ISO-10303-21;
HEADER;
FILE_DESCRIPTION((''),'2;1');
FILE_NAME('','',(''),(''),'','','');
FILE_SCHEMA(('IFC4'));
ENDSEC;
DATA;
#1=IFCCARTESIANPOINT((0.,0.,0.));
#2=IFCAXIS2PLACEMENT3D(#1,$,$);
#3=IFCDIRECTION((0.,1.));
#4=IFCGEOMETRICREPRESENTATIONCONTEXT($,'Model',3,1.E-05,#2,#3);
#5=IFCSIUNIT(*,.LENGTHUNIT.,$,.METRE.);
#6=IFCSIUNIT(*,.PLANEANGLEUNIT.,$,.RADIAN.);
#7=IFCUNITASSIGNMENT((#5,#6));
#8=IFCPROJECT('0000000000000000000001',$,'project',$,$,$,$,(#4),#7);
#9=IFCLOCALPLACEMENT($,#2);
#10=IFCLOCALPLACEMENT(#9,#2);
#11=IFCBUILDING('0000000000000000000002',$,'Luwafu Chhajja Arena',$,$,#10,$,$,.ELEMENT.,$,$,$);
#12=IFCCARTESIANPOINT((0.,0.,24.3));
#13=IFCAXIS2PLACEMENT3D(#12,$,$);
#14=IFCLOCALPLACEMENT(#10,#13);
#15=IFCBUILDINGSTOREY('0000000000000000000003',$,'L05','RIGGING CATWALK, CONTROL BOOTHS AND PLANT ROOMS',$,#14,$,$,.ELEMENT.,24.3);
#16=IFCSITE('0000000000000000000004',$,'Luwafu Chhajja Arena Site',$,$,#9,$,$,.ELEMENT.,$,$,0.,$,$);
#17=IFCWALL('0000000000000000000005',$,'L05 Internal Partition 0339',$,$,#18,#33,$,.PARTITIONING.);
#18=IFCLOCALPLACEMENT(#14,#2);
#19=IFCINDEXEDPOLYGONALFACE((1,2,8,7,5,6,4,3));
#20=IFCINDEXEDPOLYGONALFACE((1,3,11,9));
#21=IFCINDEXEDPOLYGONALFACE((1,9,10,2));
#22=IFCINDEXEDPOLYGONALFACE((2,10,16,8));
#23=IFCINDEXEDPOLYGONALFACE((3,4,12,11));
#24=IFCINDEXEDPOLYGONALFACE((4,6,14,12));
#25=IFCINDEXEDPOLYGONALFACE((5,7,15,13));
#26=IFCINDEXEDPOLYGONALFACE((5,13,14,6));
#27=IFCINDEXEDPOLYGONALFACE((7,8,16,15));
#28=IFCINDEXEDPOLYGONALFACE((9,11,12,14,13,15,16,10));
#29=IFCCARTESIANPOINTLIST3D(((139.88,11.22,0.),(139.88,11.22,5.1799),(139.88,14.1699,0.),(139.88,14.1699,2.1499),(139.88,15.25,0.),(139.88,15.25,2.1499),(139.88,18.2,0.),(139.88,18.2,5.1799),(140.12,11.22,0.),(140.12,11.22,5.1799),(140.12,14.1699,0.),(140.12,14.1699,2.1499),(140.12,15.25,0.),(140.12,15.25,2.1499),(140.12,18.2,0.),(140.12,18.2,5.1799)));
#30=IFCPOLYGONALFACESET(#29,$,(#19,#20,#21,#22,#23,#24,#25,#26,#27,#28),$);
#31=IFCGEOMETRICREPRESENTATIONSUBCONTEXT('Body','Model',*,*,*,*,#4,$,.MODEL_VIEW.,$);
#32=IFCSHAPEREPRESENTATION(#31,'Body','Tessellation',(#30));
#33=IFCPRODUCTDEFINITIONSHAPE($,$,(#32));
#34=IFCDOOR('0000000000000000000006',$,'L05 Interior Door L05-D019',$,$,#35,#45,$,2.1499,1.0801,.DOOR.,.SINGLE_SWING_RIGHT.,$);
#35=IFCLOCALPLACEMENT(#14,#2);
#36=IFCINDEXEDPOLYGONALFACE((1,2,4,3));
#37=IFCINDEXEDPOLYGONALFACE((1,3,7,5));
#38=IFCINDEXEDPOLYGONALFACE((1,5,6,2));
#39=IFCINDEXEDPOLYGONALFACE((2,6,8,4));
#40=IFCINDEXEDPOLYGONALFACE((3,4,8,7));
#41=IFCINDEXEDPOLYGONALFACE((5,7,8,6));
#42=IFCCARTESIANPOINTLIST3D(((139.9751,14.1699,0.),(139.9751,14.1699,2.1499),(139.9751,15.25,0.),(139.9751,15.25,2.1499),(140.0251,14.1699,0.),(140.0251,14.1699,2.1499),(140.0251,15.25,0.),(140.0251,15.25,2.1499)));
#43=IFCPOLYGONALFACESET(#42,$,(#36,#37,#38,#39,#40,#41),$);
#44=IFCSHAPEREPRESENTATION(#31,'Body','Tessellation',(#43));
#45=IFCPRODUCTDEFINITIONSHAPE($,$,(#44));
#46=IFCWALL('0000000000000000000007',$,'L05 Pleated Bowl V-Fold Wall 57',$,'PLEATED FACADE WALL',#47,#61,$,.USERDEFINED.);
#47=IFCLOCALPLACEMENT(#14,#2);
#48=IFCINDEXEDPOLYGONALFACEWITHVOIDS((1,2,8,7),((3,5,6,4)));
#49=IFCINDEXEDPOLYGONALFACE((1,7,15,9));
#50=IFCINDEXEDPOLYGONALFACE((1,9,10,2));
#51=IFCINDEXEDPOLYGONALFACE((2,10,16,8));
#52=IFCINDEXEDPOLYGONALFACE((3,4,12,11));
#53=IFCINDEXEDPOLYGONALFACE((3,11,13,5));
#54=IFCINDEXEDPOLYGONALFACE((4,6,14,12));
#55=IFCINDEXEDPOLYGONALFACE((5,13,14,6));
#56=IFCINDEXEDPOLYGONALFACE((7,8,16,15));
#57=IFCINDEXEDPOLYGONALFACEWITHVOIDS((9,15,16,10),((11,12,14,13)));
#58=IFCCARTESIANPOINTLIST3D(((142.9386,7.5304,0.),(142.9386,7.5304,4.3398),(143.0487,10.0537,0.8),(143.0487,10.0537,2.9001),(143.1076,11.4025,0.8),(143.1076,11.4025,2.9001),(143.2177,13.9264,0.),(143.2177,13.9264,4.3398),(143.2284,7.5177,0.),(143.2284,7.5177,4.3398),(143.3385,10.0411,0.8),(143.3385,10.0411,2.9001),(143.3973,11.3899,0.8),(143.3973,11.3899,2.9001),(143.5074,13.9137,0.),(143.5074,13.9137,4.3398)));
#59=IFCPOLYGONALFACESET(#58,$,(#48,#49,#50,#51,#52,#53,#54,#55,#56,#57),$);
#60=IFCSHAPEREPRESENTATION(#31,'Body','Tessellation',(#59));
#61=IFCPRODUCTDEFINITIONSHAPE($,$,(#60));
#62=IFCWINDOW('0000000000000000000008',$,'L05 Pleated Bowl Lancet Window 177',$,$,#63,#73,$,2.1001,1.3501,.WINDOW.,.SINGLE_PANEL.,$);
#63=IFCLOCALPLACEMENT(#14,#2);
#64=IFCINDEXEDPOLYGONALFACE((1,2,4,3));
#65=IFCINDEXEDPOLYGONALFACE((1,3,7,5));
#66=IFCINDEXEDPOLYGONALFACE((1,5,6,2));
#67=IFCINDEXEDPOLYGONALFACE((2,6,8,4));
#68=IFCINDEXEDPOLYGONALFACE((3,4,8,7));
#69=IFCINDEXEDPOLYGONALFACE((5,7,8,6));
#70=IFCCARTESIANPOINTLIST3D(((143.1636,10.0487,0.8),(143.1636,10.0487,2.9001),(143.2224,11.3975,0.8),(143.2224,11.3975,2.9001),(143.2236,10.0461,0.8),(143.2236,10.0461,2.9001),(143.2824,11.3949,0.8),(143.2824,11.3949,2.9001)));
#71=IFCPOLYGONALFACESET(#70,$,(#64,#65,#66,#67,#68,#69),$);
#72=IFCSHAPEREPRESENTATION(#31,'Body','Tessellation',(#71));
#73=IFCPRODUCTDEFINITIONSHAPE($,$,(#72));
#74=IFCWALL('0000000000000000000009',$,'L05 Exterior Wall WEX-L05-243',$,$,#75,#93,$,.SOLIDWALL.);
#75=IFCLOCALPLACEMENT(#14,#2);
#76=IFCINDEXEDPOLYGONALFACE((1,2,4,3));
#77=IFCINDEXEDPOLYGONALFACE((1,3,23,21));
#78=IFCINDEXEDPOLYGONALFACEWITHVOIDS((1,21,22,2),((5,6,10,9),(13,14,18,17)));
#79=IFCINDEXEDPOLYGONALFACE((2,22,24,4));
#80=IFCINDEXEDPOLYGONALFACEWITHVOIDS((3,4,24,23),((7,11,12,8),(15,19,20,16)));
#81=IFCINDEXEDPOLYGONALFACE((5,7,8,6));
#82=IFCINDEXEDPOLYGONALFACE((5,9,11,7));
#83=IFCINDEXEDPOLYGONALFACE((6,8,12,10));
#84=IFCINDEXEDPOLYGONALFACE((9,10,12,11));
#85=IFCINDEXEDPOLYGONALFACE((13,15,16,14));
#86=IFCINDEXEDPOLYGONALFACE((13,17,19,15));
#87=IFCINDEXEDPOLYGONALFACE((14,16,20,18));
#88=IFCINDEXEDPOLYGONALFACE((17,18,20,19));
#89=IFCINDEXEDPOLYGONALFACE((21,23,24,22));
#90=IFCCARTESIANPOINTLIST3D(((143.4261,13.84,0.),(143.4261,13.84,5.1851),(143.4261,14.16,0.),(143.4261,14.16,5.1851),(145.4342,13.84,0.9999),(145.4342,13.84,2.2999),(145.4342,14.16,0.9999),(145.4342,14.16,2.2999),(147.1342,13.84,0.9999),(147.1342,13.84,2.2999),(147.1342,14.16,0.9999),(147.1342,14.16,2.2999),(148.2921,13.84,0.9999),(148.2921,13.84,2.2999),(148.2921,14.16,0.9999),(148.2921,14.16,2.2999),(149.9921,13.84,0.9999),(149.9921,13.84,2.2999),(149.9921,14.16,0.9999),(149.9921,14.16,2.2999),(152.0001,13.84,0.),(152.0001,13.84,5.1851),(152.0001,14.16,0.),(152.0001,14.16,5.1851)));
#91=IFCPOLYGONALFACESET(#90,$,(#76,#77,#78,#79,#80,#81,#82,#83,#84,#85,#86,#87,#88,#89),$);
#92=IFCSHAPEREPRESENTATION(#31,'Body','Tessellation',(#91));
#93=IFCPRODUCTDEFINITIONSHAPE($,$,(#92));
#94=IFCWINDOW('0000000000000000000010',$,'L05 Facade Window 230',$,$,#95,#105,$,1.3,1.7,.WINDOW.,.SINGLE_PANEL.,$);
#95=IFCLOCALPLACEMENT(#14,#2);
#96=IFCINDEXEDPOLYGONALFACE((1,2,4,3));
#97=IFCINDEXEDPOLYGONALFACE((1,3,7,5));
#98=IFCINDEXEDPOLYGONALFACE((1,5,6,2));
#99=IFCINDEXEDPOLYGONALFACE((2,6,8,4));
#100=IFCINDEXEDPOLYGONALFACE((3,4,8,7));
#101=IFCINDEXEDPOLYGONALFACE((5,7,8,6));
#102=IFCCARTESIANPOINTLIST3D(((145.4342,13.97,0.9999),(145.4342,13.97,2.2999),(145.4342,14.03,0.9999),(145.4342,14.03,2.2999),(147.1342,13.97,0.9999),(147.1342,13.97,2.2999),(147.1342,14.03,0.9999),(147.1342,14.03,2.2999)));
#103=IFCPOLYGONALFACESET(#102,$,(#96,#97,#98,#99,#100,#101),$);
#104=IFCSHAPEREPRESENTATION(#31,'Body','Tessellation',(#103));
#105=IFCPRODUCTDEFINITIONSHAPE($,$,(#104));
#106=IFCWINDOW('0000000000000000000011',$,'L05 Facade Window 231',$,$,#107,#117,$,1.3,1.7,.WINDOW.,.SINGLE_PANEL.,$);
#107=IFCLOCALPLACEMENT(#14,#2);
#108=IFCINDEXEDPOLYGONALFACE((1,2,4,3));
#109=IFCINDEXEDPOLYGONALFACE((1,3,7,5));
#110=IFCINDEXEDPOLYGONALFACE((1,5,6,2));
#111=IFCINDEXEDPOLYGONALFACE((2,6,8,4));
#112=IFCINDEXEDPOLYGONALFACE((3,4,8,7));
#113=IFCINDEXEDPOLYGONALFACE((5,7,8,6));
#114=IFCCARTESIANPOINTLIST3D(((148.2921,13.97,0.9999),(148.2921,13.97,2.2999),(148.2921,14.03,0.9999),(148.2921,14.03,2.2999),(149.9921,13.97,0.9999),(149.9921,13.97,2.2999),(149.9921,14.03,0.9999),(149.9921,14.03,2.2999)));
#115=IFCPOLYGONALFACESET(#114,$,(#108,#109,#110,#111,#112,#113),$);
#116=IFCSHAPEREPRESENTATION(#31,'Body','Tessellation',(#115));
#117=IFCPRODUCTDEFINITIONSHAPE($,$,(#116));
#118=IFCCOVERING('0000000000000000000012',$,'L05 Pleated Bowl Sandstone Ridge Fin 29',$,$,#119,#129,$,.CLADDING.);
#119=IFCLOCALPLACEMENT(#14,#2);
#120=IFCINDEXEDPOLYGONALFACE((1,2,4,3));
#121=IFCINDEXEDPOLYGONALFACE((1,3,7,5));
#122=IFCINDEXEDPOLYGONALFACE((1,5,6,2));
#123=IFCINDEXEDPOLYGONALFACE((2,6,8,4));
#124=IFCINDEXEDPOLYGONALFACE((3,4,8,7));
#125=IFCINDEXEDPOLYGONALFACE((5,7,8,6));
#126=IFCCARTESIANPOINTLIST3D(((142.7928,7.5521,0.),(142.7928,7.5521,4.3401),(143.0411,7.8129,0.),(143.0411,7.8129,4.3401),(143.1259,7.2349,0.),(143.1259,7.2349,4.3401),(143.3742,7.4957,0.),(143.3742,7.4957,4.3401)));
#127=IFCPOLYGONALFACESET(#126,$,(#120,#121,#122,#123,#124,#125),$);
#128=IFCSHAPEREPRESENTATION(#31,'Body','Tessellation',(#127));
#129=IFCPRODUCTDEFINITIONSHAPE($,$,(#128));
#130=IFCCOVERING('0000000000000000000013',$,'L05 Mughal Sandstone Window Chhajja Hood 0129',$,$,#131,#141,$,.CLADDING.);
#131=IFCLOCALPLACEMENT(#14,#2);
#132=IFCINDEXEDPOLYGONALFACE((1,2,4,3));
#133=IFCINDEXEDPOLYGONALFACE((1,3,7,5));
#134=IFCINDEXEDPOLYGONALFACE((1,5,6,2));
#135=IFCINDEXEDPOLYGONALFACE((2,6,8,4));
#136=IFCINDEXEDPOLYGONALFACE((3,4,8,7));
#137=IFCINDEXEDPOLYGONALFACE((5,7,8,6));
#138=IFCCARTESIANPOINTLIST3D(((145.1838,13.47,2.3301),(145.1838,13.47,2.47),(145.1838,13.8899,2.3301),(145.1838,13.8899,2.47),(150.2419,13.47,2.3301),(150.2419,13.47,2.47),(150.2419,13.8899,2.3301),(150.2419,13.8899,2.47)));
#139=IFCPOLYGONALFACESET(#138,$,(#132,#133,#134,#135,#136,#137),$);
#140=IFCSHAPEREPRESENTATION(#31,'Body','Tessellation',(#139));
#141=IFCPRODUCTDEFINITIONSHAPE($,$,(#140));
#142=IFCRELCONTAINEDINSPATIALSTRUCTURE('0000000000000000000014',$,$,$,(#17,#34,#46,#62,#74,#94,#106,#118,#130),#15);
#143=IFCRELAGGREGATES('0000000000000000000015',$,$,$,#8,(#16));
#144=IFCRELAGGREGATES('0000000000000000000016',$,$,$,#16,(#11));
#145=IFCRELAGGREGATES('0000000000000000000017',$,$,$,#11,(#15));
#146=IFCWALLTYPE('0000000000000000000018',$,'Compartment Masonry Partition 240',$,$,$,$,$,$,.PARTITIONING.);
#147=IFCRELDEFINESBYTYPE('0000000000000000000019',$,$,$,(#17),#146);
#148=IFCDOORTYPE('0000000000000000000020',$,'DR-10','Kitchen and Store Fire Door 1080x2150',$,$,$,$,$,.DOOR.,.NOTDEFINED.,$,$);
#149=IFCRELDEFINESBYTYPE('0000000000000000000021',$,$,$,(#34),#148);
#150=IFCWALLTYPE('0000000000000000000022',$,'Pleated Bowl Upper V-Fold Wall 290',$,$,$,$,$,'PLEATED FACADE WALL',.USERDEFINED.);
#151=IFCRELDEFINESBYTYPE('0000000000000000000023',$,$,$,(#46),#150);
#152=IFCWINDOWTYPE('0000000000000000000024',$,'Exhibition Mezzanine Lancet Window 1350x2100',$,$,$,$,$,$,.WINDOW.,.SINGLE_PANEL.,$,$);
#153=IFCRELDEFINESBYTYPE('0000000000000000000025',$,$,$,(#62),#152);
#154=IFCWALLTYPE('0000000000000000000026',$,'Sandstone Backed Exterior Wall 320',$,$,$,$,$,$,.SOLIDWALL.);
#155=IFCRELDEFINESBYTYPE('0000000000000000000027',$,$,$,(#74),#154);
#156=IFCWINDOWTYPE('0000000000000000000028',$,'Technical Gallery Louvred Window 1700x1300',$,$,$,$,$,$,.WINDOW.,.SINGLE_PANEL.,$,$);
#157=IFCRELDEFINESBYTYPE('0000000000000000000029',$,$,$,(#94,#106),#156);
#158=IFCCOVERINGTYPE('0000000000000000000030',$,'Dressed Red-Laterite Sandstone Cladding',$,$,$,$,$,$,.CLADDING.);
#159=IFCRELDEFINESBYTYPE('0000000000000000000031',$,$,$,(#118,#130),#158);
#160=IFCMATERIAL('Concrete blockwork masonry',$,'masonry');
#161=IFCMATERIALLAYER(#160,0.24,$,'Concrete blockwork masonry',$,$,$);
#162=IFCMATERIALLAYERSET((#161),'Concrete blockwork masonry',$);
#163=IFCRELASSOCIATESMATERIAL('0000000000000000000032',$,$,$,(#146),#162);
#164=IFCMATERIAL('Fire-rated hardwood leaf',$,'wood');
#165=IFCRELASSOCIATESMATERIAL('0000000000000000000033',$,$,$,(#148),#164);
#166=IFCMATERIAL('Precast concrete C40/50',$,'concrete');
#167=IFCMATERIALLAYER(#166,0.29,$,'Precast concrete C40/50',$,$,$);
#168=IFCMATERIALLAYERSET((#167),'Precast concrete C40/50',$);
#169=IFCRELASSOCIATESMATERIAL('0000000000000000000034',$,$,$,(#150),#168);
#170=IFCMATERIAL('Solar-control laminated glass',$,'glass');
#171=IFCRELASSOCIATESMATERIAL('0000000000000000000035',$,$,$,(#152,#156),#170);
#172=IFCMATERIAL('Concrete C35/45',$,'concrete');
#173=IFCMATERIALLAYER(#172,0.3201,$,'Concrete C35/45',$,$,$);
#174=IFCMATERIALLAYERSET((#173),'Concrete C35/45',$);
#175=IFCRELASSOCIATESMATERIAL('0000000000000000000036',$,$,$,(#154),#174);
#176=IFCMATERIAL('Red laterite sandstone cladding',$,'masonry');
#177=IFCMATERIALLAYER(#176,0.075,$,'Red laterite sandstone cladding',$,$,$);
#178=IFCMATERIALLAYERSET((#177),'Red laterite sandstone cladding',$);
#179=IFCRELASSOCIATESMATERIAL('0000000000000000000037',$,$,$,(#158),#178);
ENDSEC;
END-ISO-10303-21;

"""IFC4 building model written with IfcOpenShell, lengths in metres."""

from ifc_helpers import new_model, si_unit, direction, frame, frame_2d, origin, origin_2d, place, context, subcontext, project, spatial, rectangle, extrude, material, layer, layer_set, type_object, element, fill, save


model = new_model("IFC4")

# Units and contexts
model_context = context("Model", 3, precision=1e-05, world=origin(), true_north=direction((0.0, 1.0)))
body_context = subcontext(model_context, "Body", "Model", "MODEL_VIEW")
ifc_project = project(units=[si_unit("LENGTHUNIT", "METRE"), si_unit("PLANEANGLEUNIT", "RADIAN")], contexts=[model_context])

# Site, building, storey
site_placement = place(None, origin())
site = spatial("IfcSite", under=ifc_project, at=site_placement, Name="Luwafu Chhajja Arena Site", CompositionType="ELEMENT", RefElevation=0.0)
building_placement = place(site_placement, origin())
building = spatial("IfcBuilding", under=site, at=building_placement, Name="Luwafu Chhajja Arena", CompositionType="ELEMENT")
storey_placement = place(building_placement, frame((0.0, 0.0, 24.3)))
storey = spatial("IfcBuildingStorey", under=building, at=storey_placement, Name="L05", Description="RIGGING CATWALK, CONTROL BOOTHS AND PLANT ROOMS", CompositionType="ELEMENT", Elevation=24.3)

# Shared definitions
ifc_material_1 = material(Name="Concrete C35/45", Category="concrete")

# Shared definitions
ifc_material_2 = material(Name="Solar-control laminated glass", Category="glass")

# Wall, opening, door
ifc_material_3 = material(Name="Concrete blockwork masonry", Category="masonry")
ifc_layer_1 = layer(ifc_material_3, 0.24, Name="Concrete blockwork masonry")
ifc_layer_set_1 = layer_set([ifc_layer_1], Name="Concrete blockwork masonry")
wall_type_1 = type_object("IfcWallType", Name="Compartment Masonry Partition 240", PredefinedType="PARTITIONING", material=ifc_layer_set_1)
wall_1_placement = place(storey_placement, frame((140.0, 11.22, 0.0), z_axis=(0.0, 0.0, 1.0), x_axis=(0.0, 1.0, 0.0)))
wall_1 = element("IfcWall", 1, at=wall_1_placement, inside=storey, type_object=wall_type_1, Name="L05 Internal Partition 0339", PredefinedType="PARTITIONING", context=body_context, shape_type="SweptSolid", body=[
    extrude(rectangle(XDim=6.98, YDim=0.24, at=frame_2d((3.49, 0.0))), origin(), (0.0, 0.0, 1.0), 5.1799),
])
opening_1_placement = place(wall_1_placement, frame((2.95, 0.0, 0.0)))
opening_1 = element("IfcOpeningElement", 2, at=opening_1_placement, cuts=wall_1, PredefinedType="OPENING", context=body_context, shape_type="SweptSolid", body=[
    extrude(rectangle(XDim=1.0801, YDim=2.1499, at=frame_2d((0.54, 1.075))), frame((0.0, 0.1299, 0.0), z_axis=(0.0, -1.0, 0.0), x_axis=(1.0, 0.0, 0.0)), (0.0, 0.0, 1.0), 0.26),
])
ifc_material_4 = material(Name="Fire-rated hardwood leaf", Category="wood")
door_type = type_object("IfcDoorType", Name="DR-10", Description="Kitchen and Store Fire Door 1080x2150", OperationType="NOTDEFINED", PredefinedType="DOOR", material=ifc_material_4)
door_placement = place(opening_1_placement, origin())
door = element("IfcDoor", 3, at=door_placement, inside=storey, type_object=door_type, Name="L05 Interior Door L05-D019", OperationType="SINGLE_SWING_RIGHT", OverallHeight=2.1499, OverallWidth=1.0801, PredefinedType="DOOR", context=body_context, shape_type="SweptSolid", body=[
    extrude(rectangle(XDim=1.0801, YDim=2.1499, at=frame_2d((0.54, 1.075))), frame((0.0, 0.0249, 0.0), z_axis=(0.0, -1.0, 0.0), x_axis=(1.0, 0.0, 0.0)), (0.0, 0.0, 1.0), 0.05),
])
fill(opening_1, door)

# Wall, opening, window
ifc_material_5 = material(Name="Precast concrete C40/50", Category="concrete")
ifc_layer_2 = layer(ifc_material_5, 0.29, Name="Precast concrete C40/50")
ifc_layer_set_2 = layer_set([ifc_layer_2], Name="Precast concrete C40/50")
wall_type_2 = type_object("IfcWallType", Name="Pleated Bowl Upper V-Fold Wall 290", ElementType="PLEATED FACADE WALL", PredefinedType="USERDEFINED", material=ifc_layer_set_2)
wall_2_placement = place(storey_placement, frame((143.0835, 7.5239, 0.0), z_axis=(0.0, 0.0, 1.0), x_axis=(0.043588, 0.99905, 0.0)))
wall_2 = element("IfcWall", 4, at=wall_2_placement, inside=storey, type_object=wall_type_2, Name="L05 Pleated Bowl V-Fold Wall 57", ObjectType="PLEATED FACADE WALL", PredefinedType="USERDEFINED", context=body_context, shape_type="SweptSolid", body=[
    extrude(rectangle(XDim=6.4021, YDim=0.29, at=frame_2d((3.2012, 0.0))), origin(), (0.0, 0.0, 1.0), 4.3398),
])
opening_2_placement = place(wall_2_placement, frame((2.5259, 0.0, 0.8)))
opening_2 = element("IfcOpeningElement", 5, at=opening_2_placement, cuts=wall_2, PredefinedType="OPENING", context=body_context, shape_type="SweptSolid", body=[
    extrude(rectangle(XDim=1.3501, YDim=2.1001, at=frame_2d((0.675, 1.05))), frame((0.0, 0.155, 0.0), z_axis=(0.0, -1.0, 0.0), x_axis=(1.0, 0.0, 0.0)), (0.0, 0.0, 1.0), 0.3101),
])
window_type_1 = type_object("IfcWindowType", Name="Exhibition Mezzanine Lancet Window 1350x2100", PartitioningType="SINGLE_PANEL", PredefinedType="WINDOW", material=ifc_material_2)
window_1_placement = place(opening_2_placement, origin())
window_1 = element("IfcWindow", 6, at=window_1_placement, inside=storey, type_object=window_type_1, Name="L05 Pleated Bowl Lancet Window 177", OverallHeight=2.1001, OverallWidth=1.3501, PartitioningType="SINGLE_PANEL", PredefinedType="WINDOW", context=body_context, shape_type="SweptSolid", body=[
    extrude(rectangle(XDim=1.3501, YDim=2.1001, at=frame_2d((0.675, 1.05))), frame((0.0, 0.03, 0.0), z_axis=(0.0, -1.0, 0.0), x_axis=(1.0, 0.0, 0.0)), (0.0, 0.0, 1.0), 0.0601),
])
fill(opening_2, window_1)

# Wall, openings, windows
ifc_layer_3 = layer(ifc_material_1, 0.3201, Name="Concrete C35/45")
ifc_layer_set_3 = layer_set([ifc_layer_3], Name="Concrete C35/45")
wall_type_3 = type_object("IfcWallType", Name="Sandstone Backed Exterior Wall 320", PredefinedType="SOLIDWALL", material=ifc_layer_set_3)
wall_3_placement = place(storey_placement, frame((143.426, 14.0, 0.0), z_axis=(0.0, 0.0, 1.0), x_axis=(1.0, 0.0, 0.0)))
wall_3 = element("IfcWall", 7, at=wall_3_placement, inside=storey, type_object=wall_type_3, Name="L05 Exterior Wall WEX-L05-243", PredefinedType="SOLIDWALL", context=body_context, shape_type="SweptSolid", body=[
    extrude(rectangle(XDim=8.574, YDim=0.3201, at=frame_2d((4.2871, 0.0))), origin(), (0.0, 0.0, 1.0), 5.1851),
])
opening_3_placement = place(wall_3_placement, frame((2.0081, 0.0, 1.0)))
opening_3 = element("IfcOpeningElement", 8, at=opening_3_placement, cuts=wall_3, PredefinedType="OPENING", context=body_context, shape_type="SweptSolid", body=[
    extrude(rectangle(XDim=1.7, YDim=1.3, at=frame_2d((0.8501, 0.6499))), frame((0.0, 0.1699, 0.0), z_axis=(0.0, -1.0, 0.0), x_axis=(1.0, 0.0, 0.0)), (0.0, 0.0, 1.0), 0.3401),
])
opening_4_placement = place(wall_3_placement, frame((4.866, 0.0, 1.0)))
opening_4 = element("IfcOpeningElement", 9, at=opening_4_placement, cuts=wall_3, PredefinedType="OPENING", context=body_context, shape_type="SweptSolid", body=[
    extrude(rectangle(XDim=1.7, YDim=1.3, at=frame_2d((0.8501, 0.6499))), frame((0.0, 0.1699, 0.0), z_axis=(0.0, -1.0, 0.0), x_axis=(1.0, 0.0, 0.0)), (0.0, 0.0, 1.0), 0.3401),
])
window_type_2 = type_object("IfcWindowType", Name="Technical Gallery Louvred Window 1700x1300", PartitioningType="SINGLE_PANEL", PredefinedType="WINDOW", material=ifc_material_2)
window_2_placement = place(opening_3_placement, origin())
window_2 = element("IfcWindow", 10, at=window_2_placement, inside=storey, type_object=window_type_2, Name="L05 Facade Window 230", OverallHeight=1.3, OverallWidth=1.7, PartitioningType="SINGLE_PANEL", PredefinedType="WINDOW", context=body_context, shape_type="SweptSolid", body=[
    extrude(rectangle(XDim=1.7, YDim=1.3, at=frame_2d((0.8501, 0.6499))), frame((0.0, 0.03, 0.0), z_axis=(0.0, -1.0, 0.0), x_axis=(1.0, 0.0, 0.0)), (0.0, 0.0, 1.0), 0.0601),
])
fill(opening_3, window_2)
window_3_placement = place(opening_4_placement, origin())
window_3 = element("IfcWindow", 11, at=window_3_placement, inside=storey, type_object=window_type_2, Name="L05 Facade Window 231", OverallHeight=1.3, OverallWidth=1.7, PartitioningType="SINGLE_PANEL", PredefinedType="WINDOW", context=body_context, shape_type="SweptSolid", body=[
    extrude(rectangle(XDim=1.7, YDim=1.3, at=frame_2d((0.8501, 0.6499))), frame((0.0, 0.03, 0.0), z_axis=(0.0, -1.0, 0.0), x_axis=(1.0, 0.0, 0.0)), (0.0, 0.0, 1.0), 0.0601),
])
fill(opening_4, window_3)

# Coverings
ifc_material_6 = material(Name="Red laterite sandstone cladding", Category="masonry")
ifc_layer_4 = layer(ifc_material_6, 0.075, Name="Red laterite sandstone cladding")
ifc_layer_set_4 = layer_set([ifc_layer_4], Name="Red laterite sandstone cladding")
covering_type = type_object("IfcCoveringType", Name="Dressed Red-Laterite Sandstone Cladding", PredefinedType="CLADDING", material=ifc_layer_set_4)
covering_1_placement = place(storey_placement, frame((143.0835, 7.5239, 0.0), z_axis=(0.0, 0.0, 1.0), x_axis=(0.724207, -0.689583, 0.0)))
element("IfcCovering", 12, at=covering_1_placement, inside=storey, type_object=covering_type, Name="L05 Pleated Bowl Sandstone Ridge Fin 29", PredefinedType="CLADDING", context=body_context, shape_type="SweptSolid", body=[
    extrude(rectangle(XDim=0.46, YDim=0.3601, at=origin_2d()), origin(), (0.0, 0.0, 1.0), 4.3401),
])
covering_2_placement = place(storey_placement, frame((147.7129, 13.6799, 2.3301), z_axis=(0.0, 0.0, 1.0), x_axis=(1.0, 0.0, 0.0)))
element("IfcCovering", 13, at=covering_2_placement, inside=storey, type_object=covering_type, Name="L05 Mughal Sandstone Window Chhajja Hood 0129", PredefinedType="CLADDING", context=body_context, shape_type="SweptSolid", body=[
    extrude(rectangle(XDim=5.0581, YDim=0.4199, at=origin_2d()), origin(), (0.0, 0.0, 1.0), 0.1399),
])

save(model, "model.ifc")
